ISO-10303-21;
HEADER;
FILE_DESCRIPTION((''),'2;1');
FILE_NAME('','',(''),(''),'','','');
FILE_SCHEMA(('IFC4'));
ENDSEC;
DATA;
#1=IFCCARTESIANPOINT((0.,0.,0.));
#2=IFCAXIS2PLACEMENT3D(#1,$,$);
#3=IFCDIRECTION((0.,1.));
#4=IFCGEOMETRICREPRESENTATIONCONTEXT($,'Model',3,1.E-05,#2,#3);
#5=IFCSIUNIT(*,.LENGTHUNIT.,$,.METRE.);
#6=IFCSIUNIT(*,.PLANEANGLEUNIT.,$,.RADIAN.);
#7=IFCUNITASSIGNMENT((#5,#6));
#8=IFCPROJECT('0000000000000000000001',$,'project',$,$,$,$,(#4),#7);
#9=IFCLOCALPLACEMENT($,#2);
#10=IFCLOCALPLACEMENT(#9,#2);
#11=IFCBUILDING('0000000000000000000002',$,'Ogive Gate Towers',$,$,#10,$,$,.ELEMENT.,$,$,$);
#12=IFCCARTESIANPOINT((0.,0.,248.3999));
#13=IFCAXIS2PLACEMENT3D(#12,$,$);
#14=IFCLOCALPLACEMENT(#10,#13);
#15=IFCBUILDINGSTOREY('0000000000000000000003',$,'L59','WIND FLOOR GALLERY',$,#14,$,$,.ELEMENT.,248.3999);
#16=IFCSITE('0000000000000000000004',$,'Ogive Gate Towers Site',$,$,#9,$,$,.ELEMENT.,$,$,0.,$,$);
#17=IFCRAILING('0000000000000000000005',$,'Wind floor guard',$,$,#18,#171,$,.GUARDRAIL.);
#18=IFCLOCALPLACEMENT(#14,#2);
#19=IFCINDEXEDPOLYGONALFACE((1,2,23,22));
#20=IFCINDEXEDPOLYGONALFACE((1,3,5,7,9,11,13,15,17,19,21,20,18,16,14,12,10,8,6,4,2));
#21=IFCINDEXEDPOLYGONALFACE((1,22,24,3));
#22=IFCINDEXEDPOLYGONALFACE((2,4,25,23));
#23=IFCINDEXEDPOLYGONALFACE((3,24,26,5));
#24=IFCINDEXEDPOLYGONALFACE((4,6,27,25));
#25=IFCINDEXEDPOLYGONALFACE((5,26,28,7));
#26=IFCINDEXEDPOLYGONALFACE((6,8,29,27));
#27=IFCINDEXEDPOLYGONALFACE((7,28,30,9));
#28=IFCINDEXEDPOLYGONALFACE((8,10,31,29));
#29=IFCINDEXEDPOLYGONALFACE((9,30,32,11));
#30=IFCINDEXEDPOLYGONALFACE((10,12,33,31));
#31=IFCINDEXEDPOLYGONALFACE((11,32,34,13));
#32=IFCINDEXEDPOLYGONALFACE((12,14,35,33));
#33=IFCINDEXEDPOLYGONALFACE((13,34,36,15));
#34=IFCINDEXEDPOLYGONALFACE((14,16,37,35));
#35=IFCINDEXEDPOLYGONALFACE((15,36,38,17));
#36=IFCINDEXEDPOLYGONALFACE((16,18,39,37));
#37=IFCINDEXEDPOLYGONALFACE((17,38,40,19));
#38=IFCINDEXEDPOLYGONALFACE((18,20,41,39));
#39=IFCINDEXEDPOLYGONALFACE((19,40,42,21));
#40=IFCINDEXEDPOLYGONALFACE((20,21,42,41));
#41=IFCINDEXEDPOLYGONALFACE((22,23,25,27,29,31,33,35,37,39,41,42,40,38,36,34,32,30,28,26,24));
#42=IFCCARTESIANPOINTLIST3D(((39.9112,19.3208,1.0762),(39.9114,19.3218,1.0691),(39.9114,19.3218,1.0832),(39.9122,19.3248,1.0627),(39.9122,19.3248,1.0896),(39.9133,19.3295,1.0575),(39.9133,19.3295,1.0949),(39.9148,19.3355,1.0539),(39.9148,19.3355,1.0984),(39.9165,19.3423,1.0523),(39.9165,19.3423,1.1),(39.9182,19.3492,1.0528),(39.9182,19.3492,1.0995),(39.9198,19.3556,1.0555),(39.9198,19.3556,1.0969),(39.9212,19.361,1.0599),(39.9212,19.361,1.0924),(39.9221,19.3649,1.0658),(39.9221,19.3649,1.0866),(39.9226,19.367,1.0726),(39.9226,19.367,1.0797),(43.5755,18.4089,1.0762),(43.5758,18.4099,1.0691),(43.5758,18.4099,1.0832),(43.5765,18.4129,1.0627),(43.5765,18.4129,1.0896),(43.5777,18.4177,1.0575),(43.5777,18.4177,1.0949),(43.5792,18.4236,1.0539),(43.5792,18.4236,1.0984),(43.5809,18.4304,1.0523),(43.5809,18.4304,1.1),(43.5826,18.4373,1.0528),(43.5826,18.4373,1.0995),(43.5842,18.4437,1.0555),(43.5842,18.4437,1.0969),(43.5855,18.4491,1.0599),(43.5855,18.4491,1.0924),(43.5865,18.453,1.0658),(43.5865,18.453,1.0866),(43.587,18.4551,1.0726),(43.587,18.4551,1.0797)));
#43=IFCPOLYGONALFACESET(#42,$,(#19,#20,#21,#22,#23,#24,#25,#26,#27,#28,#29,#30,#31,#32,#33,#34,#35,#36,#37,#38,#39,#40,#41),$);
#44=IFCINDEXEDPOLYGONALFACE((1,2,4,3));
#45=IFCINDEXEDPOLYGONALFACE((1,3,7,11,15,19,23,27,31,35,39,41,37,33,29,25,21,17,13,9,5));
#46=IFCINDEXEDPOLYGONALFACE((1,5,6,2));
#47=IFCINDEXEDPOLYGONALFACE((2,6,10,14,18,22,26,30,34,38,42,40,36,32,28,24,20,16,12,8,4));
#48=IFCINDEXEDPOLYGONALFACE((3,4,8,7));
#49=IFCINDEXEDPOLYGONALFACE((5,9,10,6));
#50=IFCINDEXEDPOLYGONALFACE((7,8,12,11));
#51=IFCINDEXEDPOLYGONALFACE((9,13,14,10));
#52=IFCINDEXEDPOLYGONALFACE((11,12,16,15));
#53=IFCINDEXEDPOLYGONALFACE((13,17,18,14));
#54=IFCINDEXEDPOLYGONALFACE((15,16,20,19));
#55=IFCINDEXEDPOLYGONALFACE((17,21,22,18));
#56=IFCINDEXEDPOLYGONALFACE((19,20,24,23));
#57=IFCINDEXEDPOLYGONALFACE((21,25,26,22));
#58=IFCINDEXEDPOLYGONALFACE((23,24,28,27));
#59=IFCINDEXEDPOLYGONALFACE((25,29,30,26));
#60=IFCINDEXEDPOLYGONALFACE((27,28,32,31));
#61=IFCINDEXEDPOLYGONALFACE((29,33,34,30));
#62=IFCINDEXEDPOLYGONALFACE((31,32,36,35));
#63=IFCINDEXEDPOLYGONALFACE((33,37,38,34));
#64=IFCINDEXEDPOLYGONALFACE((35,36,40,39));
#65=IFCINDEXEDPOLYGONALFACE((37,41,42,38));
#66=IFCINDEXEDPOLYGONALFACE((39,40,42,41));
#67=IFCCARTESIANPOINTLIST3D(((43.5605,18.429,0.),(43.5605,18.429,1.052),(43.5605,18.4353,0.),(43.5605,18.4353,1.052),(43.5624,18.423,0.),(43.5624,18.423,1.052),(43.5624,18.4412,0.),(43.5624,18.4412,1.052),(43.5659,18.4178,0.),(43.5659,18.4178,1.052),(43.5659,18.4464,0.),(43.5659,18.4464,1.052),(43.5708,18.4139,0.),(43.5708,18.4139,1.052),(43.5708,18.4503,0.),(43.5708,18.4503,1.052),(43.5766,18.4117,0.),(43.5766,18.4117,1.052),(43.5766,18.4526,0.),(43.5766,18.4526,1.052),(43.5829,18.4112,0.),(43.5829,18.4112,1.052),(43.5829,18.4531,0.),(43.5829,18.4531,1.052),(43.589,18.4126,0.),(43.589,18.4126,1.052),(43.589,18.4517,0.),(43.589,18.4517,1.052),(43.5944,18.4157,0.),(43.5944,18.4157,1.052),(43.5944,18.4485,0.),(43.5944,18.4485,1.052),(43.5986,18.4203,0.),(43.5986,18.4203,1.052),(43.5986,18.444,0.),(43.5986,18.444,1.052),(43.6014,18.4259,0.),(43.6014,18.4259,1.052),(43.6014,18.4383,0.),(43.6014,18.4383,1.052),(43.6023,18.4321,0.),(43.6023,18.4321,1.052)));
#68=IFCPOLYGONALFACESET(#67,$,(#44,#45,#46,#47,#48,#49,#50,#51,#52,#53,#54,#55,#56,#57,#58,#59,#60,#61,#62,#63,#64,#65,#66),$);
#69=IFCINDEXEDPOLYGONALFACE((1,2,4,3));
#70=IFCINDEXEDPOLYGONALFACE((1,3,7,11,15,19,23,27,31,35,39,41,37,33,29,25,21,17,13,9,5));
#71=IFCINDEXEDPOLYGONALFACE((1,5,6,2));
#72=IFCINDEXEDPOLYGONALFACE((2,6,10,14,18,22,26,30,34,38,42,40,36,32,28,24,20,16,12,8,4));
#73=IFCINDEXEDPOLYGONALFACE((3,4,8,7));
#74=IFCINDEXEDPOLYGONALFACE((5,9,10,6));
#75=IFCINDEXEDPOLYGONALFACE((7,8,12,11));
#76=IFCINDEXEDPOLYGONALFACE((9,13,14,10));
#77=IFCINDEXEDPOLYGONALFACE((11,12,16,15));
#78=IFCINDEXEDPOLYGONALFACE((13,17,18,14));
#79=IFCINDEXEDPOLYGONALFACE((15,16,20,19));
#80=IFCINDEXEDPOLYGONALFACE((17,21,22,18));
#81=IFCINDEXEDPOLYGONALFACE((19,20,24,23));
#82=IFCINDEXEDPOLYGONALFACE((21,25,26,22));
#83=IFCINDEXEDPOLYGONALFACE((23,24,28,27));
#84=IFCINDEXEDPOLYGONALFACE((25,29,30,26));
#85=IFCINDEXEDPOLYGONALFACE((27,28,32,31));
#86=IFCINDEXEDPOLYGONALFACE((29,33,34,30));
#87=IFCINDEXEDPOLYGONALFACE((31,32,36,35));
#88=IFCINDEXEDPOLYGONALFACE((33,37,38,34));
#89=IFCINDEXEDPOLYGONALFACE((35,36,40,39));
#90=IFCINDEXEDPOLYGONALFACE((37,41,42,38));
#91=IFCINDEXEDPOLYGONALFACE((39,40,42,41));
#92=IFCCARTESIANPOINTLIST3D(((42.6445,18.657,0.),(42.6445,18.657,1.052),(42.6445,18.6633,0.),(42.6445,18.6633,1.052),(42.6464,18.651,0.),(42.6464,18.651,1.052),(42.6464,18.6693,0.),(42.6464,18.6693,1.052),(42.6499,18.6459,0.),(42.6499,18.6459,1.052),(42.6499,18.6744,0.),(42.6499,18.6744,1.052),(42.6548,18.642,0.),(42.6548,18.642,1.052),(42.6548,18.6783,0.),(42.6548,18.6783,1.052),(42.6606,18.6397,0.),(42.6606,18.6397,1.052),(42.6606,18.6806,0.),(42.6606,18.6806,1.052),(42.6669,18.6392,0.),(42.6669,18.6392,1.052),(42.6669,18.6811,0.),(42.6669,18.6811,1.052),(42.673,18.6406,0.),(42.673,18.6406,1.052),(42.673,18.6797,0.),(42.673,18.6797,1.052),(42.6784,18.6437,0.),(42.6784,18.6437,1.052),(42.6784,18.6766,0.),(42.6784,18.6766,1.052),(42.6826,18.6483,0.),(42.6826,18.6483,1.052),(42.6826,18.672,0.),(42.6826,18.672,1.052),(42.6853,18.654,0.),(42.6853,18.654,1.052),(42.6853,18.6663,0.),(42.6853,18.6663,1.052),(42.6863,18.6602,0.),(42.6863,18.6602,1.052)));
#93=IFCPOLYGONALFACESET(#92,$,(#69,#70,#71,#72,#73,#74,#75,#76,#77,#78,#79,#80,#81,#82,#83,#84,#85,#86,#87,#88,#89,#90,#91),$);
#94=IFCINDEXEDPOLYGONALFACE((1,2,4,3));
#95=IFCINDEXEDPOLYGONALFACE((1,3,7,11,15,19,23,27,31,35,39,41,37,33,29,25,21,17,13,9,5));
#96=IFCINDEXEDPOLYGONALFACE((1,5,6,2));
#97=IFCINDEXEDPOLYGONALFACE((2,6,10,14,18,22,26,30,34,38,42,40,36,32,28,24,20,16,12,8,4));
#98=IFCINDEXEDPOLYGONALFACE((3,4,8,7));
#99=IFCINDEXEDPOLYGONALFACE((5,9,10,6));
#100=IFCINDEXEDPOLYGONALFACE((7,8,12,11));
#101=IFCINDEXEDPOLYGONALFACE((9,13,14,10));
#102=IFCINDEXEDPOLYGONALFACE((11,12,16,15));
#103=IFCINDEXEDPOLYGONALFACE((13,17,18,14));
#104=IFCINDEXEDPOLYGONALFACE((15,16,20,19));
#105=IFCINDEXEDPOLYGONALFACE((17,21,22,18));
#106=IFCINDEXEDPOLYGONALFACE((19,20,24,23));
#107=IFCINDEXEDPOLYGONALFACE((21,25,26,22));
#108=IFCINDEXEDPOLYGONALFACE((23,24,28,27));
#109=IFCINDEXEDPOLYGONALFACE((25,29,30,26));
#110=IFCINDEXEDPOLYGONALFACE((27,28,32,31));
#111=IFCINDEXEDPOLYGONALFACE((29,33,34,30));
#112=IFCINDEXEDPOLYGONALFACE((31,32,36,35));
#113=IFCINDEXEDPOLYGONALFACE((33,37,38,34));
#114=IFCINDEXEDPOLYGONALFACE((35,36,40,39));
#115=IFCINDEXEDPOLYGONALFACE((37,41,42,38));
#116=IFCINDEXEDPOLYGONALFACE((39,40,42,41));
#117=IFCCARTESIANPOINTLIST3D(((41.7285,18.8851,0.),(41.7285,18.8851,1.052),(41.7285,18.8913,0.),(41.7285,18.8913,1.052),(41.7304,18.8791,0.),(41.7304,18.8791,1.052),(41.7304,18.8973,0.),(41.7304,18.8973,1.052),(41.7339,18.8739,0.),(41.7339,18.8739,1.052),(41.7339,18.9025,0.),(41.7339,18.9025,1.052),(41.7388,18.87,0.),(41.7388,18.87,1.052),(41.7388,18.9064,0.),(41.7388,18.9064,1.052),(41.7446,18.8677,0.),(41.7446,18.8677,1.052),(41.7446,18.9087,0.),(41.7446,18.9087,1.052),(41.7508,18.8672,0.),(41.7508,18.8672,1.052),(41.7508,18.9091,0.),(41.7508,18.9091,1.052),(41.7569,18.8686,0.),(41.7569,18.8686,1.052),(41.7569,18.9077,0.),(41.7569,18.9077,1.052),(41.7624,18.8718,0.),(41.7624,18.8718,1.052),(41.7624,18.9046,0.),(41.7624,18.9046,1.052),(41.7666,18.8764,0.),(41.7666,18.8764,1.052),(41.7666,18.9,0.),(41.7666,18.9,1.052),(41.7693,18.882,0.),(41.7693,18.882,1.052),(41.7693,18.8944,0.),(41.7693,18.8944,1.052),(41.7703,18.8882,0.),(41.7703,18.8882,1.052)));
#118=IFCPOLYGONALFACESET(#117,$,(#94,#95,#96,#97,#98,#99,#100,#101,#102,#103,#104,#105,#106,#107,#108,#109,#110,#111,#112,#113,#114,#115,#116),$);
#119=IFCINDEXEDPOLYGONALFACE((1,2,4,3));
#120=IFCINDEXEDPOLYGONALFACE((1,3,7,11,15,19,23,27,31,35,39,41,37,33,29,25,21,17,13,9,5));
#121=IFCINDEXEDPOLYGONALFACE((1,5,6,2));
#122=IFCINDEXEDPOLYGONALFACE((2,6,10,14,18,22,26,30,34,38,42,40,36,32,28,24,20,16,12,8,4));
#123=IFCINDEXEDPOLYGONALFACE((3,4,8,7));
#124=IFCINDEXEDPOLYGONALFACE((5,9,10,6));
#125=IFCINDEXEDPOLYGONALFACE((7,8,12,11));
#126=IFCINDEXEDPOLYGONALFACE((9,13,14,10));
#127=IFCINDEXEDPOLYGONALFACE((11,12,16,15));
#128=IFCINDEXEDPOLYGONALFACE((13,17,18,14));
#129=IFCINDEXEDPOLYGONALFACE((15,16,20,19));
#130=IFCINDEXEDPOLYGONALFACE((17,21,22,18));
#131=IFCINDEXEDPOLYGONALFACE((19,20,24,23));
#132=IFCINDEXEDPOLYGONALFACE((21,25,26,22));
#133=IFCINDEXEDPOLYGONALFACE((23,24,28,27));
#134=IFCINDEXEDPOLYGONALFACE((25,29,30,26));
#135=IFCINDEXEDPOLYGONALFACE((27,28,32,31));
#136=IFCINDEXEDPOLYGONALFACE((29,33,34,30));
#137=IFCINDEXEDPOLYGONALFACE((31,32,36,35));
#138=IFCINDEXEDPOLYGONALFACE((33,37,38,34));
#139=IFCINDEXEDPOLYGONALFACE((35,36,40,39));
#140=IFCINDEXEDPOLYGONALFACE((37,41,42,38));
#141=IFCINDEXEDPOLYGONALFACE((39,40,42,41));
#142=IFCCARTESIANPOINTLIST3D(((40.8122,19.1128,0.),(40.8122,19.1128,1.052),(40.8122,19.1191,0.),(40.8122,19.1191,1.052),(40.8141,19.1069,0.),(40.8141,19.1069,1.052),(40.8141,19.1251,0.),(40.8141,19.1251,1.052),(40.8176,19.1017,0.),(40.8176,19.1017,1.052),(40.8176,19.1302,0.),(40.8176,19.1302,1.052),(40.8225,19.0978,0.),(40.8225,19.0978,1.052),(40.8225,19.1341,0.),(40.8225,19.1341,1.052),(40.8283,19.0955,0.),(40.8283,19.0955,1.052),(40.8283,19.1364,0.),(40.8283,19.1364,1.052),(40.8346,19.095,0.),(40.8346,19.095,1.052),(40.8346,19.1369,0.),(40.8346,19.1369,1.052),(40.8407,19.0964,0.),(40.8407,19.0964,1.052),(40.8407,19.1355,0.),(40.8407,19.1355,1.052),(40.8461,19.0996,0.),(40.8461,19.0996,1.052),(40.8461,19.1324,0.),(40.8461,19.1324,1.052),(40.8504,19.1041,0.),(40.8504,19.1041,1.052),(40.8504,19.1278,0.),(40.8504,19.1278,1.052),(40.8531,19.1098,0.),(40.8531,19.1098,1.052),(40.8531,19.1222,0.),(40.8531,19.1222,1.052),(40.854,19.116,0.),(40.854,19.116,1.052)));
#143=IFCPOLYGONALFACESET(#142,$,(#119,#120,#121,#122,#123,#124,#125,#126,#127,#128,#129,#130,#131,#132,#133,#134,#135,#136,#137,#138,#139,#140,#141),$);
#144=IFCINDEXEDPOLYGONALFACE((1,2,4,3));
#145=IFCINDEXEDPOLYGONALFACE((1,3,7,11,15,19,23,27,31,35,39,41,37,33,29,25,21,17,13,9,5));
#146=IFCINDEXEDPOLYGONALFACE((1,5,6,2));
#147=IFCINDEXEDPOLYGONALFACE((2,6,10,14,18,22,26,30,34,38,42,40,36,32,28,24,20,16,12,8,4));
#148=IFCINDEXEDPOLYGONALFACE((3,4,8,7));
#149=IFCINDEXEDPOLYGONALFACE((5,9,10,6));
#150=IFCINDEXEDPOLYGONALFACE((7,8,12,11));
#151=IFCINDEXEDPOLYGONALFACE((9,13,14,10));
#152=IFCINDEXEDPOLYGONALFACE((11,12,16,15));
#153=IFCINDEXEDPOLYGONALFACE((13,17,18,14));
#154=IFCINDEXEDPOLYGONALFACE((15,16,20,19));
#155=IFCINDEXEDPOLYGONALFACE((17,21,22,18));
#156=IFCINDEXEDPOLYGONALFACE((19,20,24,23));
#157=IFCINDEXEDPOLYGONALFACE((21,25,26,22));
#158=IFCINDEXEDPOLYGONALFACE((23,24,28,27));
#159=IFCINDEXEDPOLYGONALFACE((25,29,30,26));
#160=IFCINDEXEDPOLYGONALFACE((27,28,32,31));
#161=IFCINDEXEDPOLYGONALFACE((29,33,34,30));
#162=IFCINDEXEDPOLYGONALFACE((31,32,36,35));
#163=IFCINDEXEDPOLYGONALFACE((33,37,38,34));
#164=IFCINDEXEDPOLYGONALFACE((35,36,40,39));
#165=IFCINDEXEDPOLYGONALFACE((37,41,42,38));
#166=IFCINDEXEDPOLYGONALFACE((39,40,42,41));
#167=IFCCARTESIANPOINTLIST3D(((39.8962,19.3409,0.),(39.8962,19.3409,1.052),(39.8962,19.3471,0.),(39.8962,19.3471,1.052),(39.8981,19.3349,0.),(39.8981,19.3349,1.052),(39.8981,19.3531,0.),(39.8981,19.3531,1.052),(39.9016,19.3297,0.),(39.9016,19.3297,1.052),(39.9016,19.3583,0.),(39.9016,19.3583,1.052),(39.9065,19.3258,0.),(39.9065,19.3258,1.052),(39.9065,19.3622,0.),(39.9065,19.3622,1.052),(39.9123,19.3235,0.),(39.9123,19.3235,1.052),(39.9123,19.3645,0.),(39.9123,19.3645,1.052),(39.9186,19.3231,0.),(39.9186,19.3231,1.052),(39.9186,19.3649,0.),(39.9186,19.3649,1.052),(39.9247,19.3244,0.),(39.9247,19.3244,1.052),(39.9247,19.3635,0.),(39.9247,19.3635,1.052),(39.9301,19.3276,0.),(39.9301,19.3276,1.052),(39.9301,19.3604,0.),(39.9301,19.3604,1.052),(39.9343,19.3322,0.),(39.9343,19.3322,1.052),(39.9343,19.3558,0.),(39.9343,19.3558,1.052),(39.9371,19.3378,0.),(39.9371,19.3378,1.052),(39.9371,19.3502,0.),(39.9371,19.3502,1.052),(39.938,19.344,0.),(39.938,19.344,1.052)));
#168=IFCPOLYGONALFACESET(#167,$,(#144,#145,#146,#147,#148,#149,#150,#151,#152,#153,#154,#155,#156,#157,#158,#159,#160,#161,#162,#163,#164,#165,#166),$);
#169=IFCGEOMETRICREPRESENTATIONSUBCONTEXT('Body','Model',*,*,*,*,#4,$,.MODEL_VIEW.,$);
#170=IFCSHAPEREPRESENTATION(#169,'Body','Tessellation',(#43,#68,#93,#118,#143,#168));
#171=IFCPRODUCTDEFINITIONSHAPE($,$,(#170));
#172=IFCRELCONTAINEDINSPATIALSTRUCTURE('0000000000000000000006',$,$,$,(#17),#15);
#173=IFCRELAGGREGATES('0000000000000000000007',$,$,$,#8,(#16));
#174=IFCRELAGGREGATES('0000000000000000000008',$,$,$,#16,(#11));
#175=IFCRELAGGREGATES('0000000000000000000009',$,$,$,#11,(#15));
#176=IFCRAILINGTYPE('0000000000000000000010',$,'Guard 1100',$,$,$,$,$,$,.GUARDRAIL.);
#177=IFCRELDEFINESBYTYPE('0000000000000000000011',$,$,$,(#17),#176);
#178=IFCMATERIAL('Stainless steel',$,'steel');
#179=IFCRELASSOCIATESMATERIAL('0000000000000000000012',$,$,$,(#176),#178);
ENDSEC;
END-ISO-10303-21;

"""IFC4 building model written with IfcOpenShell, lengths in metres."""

from ifc_helpers import new_model, si_unit, direction, frame, origin, origin_2d, place, context, subcontext, project, spatial, circle, extrude, material, type_object, element, save


model = new_model("IFC4")

# Units and contexts
model_context = context("Model", 3, precision=1e-05, world=origin(), true_north=direction((0.0, 1.0)))
body_context = subcontext(model_context, "Body", "Model", "MODEL_VIEW")
ifc_project = project(units=[si_unit("LENGTHUNIT", "METRE"), si_unit("PLANEANGLEUNIT", "RADIAN")], contexts=[model_context])

# Site, building, storey
site_placement = place(None, origin())
site = spatial("IfcSite", under=ifc_project, at=site_placement, Name="Ogive Gate Towers Site", CompositionType="ELEMENT", RefElevation=0.0)
building_placement = place(site_placement, origin())
building = spatial("IfcBuilding", under=site, at=building_placement, Name="Ogive Gate Towers", CompositionType="ELEMENT")
storey_placement = place(building_placement, frame((0.0, 0.0, 248.3999)))
storey = spatial("IfcBuildingStorey", under=building, at=storey_placement, Name="L59", Description="WIND FLOOR GALLERY", CompositionType="ELEMENT", Elevation=248.3999)

# Railing
ifc_material_1 = material(Name="Stainless steel", Category="steel")
railing_type_1 = type_object("IfcRailingType", Name="Guard 1100", PredefinedType="GUARDRAIL", material=ifc_material_1)
railing_1_placement = place(storey_placement, frame((43.5813, 18.4321, 0.0)))
element("IfcRailing", 1, at=railing_1_placement, inside=storey, type_object=railing_type_1, Name="Wind floor guard", PredefinedType="GUARDRAIL", context=body_context, shape_type="SweptSolid", body=[
    extrude(circle(Radius=0.0239, at=origin_2d()), frame((0.0, 0.0, 1.0762), z_axis=(-0.970404, 0.241486, 0.0), x_axis=(-0.241486, -0.970404, 0.0)), (0.0, 0.0, 1.0), 3.7761),
    extrude(circle(Radius=0.021, at=origin_2d()), origin(), (0.0, 0.0, 1.0), 1.052),
    extrude(circle(Radius=0.021, at=origin_2d()), frame((-0.916, 0.228, 0.0)), (0.0, 0.0, 1.0), 1.052),
    extrude(circle(Radius=0.021, at=origin_2d()), frame((-1.832, 0.4561, 0.0)), (0.0, 0.0, 1.0), 1.052),
    extrude(circle(Radius=0.021, at=origin_2d()), frame((-2.7483, 0.6838, 0.0)), (0.0, 0.0, 1.0), 1.052),
    extrude(circle(Radius=0.021, at=origin_2d()), frame((-3.6643, 0.9119, 0.0)), (0.0, 0.0, 1.0), 1.052),
])

save(model, "model.ifc")
